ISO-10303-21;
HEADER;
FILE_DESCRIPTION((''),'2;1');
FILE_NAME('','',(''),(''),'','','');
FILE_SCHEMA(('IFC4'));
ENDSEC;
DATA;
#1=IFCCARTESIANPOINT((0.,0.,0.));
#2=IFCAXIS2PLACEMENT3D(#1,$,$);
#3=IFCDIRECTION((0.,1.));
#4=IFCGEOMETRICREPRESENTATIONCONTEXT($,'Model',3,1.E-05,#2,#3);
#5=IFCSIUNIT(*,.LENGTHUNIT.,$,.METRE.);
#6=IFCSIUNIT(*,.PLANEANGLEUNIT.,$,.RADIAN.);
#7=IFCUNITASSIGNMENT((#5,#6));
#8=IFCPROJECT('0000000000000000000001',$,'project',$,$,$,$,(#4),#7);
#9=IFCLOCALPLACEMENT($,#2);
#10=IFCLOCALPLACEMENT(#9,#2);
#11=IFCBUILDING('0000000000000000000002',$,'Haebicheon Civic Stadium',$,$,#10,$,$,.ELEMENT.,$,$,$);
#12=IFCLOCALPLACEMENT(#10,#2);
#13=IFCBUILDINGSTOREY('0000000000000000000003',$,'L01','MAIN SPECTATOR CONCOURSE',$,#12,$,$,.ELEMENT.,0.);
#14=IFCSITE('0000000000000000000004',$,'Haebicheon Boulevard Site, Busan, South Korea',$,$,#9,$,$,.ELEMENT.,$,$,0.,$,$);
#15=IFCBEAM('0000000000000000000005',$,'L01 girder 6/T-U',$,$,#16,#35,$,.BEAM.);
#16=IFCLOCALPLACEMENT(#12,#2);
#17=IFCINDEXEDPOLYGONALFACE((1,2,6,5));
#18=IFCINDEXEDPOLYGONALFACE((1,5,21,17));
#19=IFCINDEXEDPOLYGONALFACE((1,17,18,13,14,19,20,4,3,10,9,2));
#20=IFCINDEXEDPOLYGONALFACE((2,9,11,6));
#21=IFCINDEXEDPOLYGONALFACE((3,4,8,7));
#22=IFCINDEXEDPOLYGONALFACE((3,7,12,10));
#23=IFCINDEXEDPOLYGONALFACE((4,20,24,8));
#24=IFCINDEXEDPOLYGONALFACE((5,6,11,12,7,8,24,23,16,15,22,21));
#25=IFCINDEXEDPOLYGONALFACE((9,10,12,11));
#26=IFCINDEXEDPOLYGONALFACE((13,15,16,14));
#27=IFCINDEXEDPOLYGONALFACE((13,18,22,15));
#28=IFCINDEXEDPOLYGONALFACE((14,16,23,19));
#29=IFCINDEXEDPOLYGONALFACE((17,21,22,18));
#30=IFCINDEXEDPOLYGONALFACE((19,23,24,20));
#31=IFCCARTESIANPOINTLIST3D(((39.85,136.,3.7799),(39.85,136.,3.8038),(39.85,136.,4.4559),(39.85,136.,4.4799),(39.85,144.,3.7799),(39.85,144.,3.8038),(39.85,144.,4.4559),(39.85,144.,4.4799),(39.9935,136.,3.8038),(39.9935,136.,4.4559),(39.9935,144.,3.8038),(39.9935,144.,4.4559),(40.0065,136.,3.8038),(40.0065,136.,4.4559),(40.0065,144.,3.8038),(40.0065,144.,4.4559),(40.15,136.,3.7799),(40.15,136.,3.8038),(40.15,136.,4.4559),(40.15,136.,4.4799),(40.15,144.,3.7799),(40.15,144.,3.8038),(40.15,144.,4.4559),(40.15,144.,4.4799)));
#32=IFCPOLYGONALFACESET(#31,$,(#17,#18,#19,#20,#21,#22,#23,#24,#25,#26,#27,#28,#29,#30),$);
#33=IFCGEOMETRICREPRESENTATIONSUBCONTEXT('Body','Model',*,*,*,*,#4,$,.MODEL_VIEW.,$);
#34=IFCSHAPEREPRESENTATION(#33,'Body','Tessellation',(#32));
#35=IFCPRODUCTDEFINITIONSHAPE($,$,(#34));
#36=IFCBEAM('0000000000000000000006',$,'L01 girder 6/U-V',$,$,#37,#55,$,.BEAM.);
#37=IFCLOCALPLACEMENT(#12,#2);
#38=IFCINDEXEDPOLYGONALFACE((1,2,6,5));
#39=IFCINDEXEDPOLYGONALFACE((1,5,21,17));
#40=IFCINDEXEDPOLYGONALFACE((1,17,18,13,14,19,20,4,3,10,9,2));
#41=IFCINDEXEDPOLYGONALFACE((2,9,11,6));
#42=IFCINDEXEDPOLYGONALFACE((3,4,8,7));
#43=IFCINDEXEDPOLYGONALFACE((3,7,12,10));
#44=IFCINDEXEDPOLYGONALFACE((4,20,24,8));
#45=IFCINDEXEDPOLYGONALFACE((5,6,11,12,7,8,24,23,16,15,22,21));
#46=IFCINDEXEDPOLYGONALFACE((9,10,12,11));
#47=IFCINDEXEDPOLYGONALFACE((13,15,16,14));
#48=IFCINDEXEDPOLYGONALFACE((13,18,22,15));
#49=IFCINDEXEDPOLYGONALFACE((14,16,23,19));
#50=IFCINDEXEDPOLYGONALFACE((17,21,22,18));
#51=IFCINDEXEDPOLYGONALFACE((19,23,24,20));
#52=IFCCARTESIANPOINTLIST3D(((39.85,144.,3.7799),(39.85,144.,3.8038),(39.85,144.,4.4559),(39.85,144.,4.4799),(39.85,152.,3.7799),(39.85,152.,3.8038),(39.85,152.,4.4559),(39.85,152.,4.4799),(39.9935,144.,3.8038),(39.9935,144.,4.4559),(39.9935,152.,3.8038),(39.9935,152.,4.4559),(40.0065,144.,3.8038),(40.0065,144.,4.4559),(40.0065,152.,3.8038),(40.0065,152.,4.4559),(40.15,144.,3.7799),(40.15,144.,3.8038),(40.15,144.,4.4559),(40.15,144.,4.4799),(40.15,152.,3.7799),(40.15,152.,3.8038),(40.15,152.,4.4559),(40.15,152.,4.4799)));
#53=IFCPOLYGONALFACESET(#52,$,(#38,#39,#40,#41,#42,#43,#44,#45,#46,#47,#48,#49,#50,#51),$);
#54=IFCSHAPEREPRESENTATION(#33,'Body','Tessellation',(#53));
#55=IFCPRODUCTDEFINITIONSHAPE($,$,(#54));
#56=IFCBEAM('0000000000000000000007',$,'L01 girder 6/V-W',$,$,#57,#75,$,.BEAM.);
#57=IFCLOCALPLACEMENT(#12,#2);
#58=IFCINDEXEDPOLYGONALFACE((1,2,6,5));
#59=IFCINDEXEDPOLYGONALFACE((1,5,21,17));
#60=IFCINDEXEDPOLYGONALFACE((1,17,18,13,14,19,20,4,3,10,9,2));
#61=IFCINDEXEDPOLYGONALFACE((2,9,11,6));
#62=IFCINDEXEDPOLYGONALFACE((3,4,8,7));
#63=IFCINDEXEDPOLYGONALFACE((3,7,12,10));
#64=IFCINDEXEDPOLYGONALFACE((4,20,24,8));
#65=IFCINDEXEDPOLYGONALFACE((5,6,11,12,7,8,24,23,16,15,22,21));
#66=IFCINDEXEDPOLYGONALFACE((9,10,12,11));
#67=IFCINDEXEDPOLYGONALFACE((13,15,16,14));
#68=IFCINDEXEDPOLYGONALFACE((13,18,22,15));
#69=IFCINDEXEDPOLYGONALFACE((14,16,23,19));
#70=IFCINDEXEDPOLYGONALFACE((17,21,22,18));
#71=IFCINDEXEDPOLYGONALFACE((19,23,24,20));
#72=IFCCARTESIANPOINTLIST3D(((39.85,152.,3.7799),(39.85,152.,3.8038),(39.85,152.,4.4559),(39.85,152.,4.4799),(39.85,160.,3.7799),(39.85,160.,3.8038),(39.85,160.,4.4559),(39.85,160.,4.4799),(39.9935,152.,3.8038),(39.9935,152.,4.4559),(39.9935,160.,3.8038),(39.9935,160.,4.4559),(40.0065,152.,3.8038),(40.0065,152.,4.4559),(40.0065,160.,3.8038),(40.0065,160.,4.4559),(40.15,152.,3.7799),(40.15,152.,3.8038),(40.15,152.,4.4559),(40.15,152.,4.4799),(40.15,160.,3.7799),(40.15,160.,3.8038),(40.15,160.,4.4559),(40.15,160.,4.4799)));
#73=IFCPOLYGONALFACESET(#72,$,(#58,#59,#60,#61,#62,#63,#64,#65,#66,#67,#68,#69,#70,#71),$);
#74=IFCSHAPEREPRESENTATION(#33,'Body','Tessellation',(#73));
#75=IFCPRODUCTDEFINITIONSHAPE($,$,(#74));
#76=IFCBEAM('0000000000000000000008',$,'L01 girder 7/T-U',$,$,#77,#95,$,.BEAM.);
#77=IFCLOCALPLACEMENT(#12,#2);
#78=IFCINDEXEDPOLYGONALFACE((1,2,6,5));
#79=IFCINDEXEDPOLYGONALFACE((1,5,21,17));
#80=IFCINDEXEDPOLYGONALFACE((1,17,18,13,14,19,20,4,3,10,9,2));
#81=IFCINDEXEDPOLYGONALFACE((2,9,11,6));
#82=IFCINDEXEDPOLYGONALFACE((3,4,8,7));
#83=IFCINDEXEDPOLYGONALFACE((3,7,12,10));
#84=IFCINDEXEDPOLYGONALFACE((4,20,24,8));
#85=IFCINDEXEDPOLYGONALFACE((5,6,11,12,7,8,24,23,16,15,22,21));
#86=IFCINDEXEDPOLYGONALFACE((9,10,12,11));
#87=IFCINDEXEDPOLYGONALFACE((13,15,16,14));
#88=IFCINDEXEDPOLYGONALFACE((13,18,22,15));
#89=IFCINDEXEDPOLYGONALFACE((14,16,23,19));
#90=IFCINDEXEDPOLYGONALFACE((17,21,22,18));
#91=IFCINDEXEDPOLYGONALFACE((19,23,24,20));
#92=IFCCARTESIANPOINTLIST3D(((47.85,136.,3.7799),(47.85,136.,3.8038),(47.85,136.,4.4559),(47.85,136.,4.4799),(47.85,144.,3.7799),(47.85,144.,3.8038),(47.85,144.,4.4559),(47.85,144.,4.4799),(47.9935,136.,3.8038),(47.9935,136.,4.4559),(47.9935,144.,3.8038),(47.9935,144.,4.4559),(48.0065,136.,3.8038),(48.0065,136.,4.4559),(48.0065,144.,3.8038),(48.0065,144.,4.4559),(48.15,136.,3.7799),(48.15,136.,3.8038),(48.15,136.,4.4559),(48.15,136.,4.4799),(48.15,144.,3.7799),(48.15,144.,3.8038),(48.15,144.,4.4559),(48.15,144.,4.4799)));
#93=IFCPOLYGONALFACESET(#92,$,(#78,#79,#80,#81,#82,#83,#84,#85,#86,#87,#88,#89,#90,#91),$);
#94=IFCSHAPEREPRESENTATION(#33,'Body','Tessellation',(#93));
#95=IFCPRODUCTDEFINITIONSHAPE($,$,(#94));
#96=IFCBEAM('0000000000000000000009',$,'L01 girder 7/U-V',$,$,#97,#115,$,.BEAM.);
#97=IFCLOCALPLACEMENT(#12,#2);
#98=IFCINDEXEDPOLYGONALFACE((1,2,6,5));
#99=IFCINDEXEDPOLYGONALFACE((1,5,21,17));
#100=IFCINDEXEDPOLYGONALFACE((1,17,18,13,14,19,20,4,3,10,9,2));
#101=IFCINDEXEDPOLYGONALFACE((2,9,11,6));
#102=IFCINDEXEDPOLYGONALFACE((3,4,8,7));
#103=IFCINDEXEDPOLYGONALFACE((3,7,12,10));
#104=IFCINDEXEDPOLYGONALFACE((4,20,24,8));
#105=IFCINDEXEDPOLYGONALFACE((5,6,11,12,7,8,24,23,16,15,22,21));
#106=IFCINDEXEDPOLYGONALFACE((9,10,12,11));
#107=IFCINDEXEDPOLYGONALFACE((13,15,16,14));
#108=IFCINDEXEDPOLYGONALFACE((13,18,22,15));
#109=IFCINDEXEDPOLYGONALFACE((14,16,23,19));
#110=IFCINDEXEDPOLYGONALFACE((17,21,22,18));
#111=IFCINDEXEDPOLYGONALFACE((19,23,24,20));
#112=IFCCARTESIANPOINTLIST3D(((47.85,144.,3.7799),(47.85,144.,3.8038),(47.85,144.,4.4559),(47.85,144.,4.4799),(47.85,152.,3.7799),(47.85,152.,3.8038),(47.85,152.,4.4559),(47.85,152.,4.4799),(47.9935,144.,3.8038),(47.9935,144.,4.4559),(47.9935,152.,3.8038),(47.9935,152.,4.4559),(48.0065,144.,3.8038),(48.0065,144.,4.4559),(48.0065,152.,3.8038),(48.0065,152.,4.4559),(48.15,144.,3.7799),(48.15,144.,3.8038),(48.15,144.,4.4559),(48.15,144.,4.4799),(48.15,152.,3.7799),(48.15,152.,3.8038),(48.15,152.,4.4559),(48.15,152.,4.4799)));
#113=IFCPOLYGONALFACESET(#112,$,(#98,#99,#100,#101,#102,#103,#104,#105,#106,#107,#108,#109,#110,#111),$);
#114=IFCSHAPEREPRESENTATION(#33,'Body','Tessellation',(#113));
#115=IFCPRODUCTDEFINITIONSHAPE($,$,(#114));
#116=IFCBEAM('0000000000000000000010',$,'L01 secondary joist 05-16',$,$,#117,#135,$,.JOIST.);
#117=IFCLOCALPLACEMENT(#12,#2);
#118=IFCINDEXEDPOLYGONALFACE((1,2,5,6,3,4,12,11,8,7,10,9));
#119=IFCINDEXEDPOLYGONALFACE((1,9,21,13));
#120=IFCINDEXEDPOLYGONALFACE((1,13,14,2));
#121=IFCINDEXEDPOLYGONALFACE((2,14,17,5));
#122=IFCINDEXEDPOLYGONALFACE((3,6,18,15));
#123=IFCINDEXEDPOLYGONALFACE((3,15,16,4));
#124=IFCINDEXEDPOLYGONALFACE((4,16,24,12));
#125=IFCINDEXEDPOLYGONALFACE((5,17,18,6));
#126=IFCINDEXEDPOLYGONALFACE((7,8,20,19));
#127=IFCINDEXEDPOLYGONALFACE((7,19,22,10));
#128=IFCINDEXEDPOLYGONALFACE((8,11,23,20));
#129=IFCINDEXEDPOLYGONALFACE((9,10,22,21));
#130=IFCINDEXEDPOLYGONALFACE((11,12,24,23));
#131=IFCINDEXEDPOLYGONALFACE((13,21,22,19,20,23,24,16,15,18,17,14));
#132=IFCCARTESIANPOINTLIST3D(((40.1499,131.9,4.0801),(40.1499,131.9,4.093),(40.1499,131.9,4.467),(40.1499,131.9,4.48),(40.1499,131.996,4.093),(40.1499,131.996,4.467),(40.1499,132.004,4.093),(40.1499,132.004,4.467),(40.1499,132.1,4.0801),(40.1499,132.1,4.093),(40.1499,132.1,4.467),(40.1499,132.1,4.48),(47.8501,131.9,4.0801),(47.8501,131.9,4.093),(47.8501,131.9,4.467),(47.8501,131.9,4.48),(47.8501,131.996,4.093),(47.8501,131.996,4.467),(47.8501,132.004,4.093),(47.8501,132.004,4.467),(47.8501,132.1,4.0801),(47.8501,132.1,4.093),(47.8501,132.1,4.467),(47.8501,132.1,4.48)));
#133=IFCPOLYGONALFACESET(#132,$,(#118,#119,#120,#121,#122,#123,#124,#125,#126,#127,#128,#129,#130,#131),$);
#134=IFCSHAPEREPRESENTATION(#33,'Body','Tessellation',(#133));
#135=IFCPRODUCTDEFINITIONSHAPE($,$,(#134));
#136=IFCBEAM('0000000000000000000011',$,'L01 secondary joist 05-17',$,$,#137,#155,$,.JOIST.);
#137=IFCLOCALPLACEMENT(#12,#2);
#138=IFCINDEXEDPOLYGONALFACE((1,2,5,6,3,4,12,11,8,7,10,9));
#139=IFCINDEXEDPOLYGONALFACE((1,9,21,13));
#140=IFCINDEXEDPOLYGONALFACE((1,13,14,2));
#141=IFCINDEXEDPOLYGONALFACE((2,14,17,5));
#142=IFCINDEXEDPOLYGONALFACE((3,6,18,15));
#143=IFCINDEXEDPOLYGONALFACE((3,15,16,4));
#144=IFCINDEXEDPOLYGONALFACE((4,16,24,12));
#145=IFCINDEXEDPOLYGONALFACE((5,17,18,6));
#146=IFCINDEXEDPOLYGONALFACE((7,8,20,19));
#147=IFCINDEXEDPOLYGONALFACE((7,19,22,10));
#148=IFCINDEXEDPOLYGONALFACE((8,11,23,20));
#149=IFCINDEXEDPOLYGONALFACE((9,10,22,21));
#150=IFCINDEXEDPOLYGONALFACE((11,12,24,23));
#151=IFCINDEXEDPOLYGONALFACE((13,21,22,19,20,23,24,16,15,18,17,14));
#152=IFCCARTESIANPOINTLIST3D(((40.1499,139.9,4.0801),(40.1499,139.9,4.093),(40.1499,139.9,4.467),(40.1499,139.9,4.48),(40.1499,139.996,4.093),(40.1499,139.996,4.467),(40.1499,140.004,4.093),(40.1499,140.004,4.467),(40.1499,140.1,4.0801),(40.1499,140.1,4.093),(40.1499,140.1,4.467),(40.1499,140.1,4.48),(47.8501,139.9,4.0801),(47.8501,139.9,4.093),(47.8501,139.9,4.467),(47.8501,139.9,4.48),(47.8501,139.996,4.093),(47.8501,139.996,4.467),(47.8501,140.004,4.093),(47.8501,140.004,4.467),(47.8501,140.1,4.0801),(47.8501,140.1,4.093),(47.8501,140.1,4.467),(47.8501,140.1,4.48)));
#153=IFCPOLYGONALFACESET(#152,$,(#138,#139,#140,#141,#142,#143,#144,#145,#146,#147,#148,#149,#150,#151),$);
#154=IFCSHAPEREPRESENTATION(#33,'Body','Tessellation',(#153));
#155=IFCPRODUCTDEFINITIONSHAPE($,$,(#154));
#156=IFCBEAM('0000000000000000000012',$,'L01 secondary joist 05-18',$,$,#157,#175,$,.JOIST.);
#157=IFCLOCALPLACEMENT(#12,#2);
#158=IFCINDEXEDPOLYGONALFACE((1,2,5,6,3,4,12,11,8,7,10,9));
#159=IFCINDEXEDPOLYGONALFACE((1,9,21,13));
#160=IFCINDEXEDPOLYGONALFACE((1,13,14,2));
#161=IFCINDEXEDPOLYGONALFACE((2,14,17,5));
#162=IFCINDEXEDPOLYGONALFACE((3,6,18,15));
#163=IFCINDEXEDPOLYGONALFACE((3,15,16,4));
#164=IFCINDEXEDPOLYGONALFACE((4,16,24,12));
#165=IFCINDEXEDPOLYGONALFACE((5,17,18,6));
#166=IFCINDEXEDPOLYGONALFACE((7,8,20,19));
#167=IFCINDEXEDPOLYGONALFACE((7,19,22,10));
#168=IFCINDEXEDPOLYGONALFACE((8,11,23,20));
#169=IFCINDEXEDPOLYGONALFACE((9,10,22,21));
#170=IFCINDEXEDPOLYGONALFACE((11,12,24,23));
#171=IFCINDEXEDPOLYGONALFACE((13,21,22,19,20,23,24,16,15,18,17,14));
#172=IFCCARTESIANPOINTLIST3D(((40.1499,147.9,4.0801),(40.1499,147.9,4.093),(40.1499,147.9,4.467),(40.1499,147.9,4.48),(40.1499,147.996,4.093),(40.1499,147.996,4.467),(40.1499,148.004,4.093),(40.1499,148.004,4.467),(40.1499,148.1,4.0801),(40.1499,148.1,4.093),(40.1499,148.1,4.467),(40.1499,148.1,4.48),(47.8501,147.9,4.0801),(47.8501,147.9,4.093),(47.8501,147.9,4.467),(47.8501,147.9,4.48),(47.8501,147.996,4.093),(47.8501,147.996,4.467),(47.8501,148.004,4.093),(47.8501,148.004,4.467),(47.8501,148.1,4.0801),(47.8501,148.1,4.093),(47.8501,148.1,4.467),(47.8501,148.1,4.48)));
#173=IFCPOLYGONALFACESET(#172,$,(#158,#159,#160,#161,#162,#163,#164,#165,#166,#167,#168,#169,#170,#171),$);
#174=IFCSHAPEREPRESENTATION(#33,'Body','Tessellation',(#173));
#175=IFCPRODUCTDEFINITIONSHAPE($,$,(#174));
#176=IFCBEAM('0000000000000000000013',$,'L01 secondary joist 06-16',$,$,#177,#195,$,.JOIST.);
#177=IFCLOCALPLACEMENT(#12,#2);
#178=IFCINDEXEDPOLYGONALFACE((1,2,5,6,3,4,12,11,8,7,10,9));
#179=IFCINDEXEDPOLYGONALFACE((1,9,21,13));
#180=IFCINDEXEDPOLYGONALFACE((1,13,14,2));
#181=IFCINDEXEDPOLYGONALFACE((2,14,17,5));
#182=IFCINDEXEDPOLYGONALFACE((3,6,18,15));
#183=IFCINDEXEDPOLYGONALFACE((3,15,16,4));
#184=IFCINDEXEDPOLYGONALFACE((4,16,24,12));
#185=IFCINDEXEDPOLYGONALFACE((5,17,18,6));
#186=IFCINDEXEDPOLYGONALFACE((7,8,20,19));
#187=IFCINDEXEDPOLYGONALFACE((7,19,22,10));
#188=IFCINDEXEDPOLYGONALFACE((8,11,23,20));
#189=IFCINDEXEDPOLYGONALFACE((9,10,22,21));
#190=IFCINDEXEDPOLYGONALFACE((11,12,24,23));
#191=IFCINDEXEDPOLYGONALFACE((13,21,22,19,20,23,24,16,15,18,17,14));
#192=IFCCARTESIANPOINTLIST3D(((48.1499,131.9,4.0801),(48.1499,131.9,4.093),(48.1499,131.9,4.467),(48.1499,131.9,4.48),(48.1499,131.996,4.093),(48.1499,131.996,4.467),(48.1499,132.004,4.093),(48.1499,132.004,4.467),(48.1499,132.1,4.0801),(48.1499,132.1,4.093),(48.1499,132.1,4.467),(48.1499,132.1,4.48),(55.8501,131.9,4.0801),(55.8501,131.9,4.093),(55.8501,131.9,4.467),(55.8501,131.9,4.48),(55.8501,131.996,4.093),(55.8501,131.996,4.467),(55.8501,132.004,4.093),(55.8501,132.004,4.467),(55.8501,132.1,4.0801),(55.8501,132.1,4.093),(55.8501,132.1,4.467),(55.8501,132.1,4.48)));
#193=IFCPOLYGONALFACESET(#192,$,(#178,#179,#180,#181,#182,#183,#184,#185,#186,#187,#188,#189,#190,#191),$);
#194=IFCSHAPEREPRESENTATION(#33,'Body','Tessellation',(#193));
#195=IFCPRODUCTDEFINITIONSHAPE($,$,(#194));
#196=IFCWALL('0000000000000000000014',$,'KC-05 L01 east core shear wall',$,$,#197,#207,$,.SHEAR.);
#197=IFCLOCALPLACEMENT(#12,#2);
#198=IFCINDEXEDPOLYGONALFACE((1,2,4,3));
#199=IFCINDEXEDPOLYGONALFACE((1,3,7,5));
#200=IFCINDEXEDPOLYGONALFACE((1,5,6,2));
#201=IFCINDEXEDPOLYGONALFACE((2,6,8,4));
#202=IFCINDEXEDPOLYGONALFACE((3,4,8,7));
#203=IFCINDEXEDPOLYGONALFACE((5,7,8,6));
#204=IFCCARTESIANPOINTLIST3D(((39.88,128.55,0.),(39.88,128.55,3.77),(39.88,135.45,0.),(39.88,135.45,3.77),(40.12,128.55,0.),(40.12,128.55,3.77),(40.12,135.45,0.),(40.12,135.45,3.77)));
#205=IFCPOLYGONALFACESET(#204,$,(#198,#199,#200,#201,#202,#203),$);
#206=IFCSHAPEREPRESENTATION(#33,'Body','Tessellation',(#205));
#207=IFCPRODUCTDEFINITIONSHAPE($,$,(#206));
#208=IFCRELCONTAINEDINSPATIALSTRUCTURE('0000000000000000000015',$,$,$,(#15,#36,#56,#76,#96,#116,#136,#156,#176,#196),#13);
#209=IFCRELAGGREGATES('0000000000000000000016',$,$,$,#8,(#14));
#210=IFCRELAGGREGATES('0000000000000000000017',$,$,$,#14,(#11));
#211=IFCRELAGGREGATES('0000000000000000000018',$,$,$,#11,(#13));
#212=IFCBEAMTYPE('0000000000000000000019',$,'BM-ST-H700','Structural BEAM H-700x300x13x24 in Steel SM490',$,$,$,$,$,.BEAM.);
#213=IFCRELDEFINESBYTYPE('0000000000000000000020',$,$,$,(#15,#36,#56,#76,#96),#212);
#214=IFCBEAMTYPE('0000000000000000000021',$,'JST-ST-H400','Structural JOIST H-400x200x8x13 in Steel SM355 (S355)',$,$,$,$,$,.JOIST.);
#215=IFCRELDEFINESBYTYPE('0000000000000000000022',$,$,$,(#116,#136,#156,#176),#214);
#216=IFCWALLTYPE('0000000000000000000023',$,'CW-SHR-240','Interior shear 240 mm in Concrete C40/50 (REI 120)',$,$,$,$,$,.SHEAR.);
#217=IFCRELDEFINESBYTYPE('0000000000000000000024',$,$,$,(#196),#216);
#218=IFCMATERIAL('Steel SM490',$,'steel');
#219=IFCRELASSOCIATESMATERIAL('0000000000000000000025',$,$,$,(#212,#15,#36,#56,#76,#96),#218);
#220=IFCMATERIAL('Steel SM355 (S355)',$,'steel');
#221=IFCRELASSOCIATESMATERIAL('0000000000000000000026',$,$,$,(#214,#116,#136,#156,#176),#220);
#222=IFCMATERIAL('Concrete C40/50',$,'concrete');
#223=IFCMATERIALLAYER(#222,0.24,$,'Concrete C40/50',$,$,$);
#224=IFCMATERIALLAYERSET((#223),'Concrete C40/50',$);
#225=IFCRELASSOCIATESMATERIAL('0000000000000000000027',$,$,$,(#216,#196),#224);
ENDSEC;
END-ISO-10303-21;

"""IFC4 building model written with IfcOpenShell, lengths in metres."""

from ifc_helpers import new_model, si_unit, direction, frame, frame_2d, origin, origin_2d, place, context, subcontext, project, spatial, rectangle, i_section, extrude, material, layer, layer_set, material_profile, profile_set, type_object, element, save


model = new_model("IFC4")

# Units and contexts
model_context = context("Model", 3, precision=1e-05, world=origin(), true_north=direction((0.0, 1.0)))
body_context = subcontext(model_context, "Body", "Model", "MODEL_VIEW")
ifc_project = project(units=[si_unit("LENGTHUNIT", "METRE"), si_unit("PLANEANGLEUNIT", "RADIAN")], contexts=[model_context])

# Site, building, storey
site_placement = place(None, origin())
site = spatial("IfcSite", under=ifc_project, at=site_placement, Name="Haebicheon Boulevard Site, Busan, South Korea", CompositionType="ELEMENT", RefElevation=0.0)
building_placement = place(site_placement, origin())
building = spatial("IfcBuilding", under=site, at=building_placement, Name="Haebicheon Civic Stadium", CompositionType="ELEMENT")
storey_placement = place(building_placement, origin())
storey = spatial("IfcBuildingStorey", under=building, at=storey_placement, Name="L01", Description="MAIN SPECTATOR CONCOURSE", CompositionType="ELEMENT", Elevation=0.0)

# Beams
ifc_material_1 = material(Name="Steel SM490", Category="steel")
ifc_material_profile_1 = material_profile(ifc_material_1, i_section(OverallWidth=0.3, OverallDepth=0.7, WebThickness=0.0129, FlangeThickness=0.0239, at=origin_2d()), Name="H-700x300x13x24")
ifc_profile_set_1 = profile_set([ifc_material_profile_1], Name="Steel SM490")
beam_type_1 = type_object("IfcBeamType", Name="BM-ST-H700", Description="Structural BEAM H-700x300x13x24 in Steel SM490", PredefinedType="BEAM", material=ifc_profile_set_1)
for number, where, z_axis, x_axis, name in (
    (1, (40.0, 136.0, 4.1299), (0.0, 1.0, 0.0), (-1.0, 0.0, 0.0), "L01 girder 6/T-U"),
    (2, (40.0, 144.0, 4.1299), (0.0, 1.0, 0.0), (-1.0, 0.0, 0.0), "L01 girder 6/U-V"),
    (3, (40.0, 152.0, 4.1299), (0.0, 1.0, 0.0), (-1.0, 0.0, 0.0), "L01 girder 6/V-W"),
    (4, (48.0, 136.0, 4.1299), (0.0, 1.0, 0.0), (-1.0, 0.0, 0.0), "L01 girder 7/T-U"),
    (5, (48.0, 144.0, 4.1299), (0.0, 1.0, 0.0), (-1.0, 0.0, 0.0), "L01 girder 7/U-V"),
):
    element("IfcBeam", number, at=place(storey_placement, frame(where, z_axis=z_axis, x_axis=x_axis)), inside=storey, type_object=beam_type_1, material=ifc_profile_set_1, Name=name, PredefinedType="BEAM", context=body_context, shape_type="SweptSolid", body=[
        extrude(i_section(OverallWidth=0.3, OverallDepth=0.7, WebThickness=0.0129, FlangeThickness=0.0239, at=origin_2d()), origin(), (0.0, 0.0, 1.0), 8.0),
    ])
ifc_material_2 = material(Name="Steel SM355 (S355)", Category="steel")
ifc_material_profile_2 = material_profile(ifc_material_2, i_section(OverallWidth=0.2, OverallDepth=0.3999, WebThickness=0.0081, FlangeThickness=0.0129, at=origin_2d()), Name="H-400x200x8x13")
ifc_profile_set_2 = profile_set([ifc_material_profile_2], Name="Steel SM355 (S355)")
beam_type_2 = type_object("IfcBeamType", Name="JST-ST-H400", Description="Structural JOIST H-400x200x8x13 in Steel SM355 (S355)", PredefinedType="JOIST", material=ifc_profile_set_2)
for number, where, z_axis, x_axis, name in (
    (6, (40.1499, 132.0, 4.28), (1.0, 0.0, 0.0), (0.0, 1.0, 0.0), "L01 secondary joist 05-16"),
    (7, (40.1499, 140.0, 4.28), (1.0, 0.0, 0.0), (0.0, 1.0, 0.0), "L01 secondary joist 05-17"),
    (8, (40.1499, 148.0, 4.28), (1.0, 0.0, 0.0), (0.0, 1.0, 0.0), "L01 secondary joist 05-18"),
    (9, (48.1499, 132.0, 4.28), (1.0, 0.0, 0.0), (0.0, 1.0, 0.0), "L01 secondary joist 06-16"),
):
    element("IfcBeam", number, at=place(storey_placement, frame(where, z_axis=z_axis, x_axis=x_axis)), inside=storey, type_object=beam_type_2, material=ifc_profile_set_2, Name=name, PredefinedType="JOIST", context=body_context, shape_type="SweptSolid", body=[
        extrude(i_section(OverallWidth=0.2, OverallDepth=0.3999, WebThickness=0.0081, FlangeThickness=0.0129, at=origin_2d()), origin(), (0.0, 0.0, 1.0), 7.7002),
    ])

# Wall
ifc_material_3 = material(Name="Concrete C40/50", Category="concrete")
ifc_layer_1 = layer(ifc_material_3, 0.24, Name="Concrete C40/50")
ifc_layer_set_1 = layer_set([ifc_layer_1], Name="Concrete C40/50")
wall_type_1 = type_object("IfcWallType", Name="CW-SHR-240", Description="Interior shear 240 mm in Concrete C40/50 (REI 120)", PredefinedType="SHEAR", material=ifc_layer_set_1)
wall_1_placement = place(storey_placement, frame((40.0, 128.55, 0.0), z_axis=(0.0, 0.0, 1.0), x_axis=(0.0, 1.0, 0.0)))
element("IfcWall", 10, at=wall_1_placement, inside=storey, type_object=wall_type_1, material=ifc_layer_set_1, Name="KC-05 L01 east core shear wall", PredefinedType="SHEAR", context=body_context, shape_type="SweptSolid", body=[
    extrude(rectangle(XDim=6.8999, YDim=0.24, at=frame_2d((3.45, 0.0))), origin(), (0.0, 0.0, 1.0), 3.77),
])

save(model, "model.ifc")
